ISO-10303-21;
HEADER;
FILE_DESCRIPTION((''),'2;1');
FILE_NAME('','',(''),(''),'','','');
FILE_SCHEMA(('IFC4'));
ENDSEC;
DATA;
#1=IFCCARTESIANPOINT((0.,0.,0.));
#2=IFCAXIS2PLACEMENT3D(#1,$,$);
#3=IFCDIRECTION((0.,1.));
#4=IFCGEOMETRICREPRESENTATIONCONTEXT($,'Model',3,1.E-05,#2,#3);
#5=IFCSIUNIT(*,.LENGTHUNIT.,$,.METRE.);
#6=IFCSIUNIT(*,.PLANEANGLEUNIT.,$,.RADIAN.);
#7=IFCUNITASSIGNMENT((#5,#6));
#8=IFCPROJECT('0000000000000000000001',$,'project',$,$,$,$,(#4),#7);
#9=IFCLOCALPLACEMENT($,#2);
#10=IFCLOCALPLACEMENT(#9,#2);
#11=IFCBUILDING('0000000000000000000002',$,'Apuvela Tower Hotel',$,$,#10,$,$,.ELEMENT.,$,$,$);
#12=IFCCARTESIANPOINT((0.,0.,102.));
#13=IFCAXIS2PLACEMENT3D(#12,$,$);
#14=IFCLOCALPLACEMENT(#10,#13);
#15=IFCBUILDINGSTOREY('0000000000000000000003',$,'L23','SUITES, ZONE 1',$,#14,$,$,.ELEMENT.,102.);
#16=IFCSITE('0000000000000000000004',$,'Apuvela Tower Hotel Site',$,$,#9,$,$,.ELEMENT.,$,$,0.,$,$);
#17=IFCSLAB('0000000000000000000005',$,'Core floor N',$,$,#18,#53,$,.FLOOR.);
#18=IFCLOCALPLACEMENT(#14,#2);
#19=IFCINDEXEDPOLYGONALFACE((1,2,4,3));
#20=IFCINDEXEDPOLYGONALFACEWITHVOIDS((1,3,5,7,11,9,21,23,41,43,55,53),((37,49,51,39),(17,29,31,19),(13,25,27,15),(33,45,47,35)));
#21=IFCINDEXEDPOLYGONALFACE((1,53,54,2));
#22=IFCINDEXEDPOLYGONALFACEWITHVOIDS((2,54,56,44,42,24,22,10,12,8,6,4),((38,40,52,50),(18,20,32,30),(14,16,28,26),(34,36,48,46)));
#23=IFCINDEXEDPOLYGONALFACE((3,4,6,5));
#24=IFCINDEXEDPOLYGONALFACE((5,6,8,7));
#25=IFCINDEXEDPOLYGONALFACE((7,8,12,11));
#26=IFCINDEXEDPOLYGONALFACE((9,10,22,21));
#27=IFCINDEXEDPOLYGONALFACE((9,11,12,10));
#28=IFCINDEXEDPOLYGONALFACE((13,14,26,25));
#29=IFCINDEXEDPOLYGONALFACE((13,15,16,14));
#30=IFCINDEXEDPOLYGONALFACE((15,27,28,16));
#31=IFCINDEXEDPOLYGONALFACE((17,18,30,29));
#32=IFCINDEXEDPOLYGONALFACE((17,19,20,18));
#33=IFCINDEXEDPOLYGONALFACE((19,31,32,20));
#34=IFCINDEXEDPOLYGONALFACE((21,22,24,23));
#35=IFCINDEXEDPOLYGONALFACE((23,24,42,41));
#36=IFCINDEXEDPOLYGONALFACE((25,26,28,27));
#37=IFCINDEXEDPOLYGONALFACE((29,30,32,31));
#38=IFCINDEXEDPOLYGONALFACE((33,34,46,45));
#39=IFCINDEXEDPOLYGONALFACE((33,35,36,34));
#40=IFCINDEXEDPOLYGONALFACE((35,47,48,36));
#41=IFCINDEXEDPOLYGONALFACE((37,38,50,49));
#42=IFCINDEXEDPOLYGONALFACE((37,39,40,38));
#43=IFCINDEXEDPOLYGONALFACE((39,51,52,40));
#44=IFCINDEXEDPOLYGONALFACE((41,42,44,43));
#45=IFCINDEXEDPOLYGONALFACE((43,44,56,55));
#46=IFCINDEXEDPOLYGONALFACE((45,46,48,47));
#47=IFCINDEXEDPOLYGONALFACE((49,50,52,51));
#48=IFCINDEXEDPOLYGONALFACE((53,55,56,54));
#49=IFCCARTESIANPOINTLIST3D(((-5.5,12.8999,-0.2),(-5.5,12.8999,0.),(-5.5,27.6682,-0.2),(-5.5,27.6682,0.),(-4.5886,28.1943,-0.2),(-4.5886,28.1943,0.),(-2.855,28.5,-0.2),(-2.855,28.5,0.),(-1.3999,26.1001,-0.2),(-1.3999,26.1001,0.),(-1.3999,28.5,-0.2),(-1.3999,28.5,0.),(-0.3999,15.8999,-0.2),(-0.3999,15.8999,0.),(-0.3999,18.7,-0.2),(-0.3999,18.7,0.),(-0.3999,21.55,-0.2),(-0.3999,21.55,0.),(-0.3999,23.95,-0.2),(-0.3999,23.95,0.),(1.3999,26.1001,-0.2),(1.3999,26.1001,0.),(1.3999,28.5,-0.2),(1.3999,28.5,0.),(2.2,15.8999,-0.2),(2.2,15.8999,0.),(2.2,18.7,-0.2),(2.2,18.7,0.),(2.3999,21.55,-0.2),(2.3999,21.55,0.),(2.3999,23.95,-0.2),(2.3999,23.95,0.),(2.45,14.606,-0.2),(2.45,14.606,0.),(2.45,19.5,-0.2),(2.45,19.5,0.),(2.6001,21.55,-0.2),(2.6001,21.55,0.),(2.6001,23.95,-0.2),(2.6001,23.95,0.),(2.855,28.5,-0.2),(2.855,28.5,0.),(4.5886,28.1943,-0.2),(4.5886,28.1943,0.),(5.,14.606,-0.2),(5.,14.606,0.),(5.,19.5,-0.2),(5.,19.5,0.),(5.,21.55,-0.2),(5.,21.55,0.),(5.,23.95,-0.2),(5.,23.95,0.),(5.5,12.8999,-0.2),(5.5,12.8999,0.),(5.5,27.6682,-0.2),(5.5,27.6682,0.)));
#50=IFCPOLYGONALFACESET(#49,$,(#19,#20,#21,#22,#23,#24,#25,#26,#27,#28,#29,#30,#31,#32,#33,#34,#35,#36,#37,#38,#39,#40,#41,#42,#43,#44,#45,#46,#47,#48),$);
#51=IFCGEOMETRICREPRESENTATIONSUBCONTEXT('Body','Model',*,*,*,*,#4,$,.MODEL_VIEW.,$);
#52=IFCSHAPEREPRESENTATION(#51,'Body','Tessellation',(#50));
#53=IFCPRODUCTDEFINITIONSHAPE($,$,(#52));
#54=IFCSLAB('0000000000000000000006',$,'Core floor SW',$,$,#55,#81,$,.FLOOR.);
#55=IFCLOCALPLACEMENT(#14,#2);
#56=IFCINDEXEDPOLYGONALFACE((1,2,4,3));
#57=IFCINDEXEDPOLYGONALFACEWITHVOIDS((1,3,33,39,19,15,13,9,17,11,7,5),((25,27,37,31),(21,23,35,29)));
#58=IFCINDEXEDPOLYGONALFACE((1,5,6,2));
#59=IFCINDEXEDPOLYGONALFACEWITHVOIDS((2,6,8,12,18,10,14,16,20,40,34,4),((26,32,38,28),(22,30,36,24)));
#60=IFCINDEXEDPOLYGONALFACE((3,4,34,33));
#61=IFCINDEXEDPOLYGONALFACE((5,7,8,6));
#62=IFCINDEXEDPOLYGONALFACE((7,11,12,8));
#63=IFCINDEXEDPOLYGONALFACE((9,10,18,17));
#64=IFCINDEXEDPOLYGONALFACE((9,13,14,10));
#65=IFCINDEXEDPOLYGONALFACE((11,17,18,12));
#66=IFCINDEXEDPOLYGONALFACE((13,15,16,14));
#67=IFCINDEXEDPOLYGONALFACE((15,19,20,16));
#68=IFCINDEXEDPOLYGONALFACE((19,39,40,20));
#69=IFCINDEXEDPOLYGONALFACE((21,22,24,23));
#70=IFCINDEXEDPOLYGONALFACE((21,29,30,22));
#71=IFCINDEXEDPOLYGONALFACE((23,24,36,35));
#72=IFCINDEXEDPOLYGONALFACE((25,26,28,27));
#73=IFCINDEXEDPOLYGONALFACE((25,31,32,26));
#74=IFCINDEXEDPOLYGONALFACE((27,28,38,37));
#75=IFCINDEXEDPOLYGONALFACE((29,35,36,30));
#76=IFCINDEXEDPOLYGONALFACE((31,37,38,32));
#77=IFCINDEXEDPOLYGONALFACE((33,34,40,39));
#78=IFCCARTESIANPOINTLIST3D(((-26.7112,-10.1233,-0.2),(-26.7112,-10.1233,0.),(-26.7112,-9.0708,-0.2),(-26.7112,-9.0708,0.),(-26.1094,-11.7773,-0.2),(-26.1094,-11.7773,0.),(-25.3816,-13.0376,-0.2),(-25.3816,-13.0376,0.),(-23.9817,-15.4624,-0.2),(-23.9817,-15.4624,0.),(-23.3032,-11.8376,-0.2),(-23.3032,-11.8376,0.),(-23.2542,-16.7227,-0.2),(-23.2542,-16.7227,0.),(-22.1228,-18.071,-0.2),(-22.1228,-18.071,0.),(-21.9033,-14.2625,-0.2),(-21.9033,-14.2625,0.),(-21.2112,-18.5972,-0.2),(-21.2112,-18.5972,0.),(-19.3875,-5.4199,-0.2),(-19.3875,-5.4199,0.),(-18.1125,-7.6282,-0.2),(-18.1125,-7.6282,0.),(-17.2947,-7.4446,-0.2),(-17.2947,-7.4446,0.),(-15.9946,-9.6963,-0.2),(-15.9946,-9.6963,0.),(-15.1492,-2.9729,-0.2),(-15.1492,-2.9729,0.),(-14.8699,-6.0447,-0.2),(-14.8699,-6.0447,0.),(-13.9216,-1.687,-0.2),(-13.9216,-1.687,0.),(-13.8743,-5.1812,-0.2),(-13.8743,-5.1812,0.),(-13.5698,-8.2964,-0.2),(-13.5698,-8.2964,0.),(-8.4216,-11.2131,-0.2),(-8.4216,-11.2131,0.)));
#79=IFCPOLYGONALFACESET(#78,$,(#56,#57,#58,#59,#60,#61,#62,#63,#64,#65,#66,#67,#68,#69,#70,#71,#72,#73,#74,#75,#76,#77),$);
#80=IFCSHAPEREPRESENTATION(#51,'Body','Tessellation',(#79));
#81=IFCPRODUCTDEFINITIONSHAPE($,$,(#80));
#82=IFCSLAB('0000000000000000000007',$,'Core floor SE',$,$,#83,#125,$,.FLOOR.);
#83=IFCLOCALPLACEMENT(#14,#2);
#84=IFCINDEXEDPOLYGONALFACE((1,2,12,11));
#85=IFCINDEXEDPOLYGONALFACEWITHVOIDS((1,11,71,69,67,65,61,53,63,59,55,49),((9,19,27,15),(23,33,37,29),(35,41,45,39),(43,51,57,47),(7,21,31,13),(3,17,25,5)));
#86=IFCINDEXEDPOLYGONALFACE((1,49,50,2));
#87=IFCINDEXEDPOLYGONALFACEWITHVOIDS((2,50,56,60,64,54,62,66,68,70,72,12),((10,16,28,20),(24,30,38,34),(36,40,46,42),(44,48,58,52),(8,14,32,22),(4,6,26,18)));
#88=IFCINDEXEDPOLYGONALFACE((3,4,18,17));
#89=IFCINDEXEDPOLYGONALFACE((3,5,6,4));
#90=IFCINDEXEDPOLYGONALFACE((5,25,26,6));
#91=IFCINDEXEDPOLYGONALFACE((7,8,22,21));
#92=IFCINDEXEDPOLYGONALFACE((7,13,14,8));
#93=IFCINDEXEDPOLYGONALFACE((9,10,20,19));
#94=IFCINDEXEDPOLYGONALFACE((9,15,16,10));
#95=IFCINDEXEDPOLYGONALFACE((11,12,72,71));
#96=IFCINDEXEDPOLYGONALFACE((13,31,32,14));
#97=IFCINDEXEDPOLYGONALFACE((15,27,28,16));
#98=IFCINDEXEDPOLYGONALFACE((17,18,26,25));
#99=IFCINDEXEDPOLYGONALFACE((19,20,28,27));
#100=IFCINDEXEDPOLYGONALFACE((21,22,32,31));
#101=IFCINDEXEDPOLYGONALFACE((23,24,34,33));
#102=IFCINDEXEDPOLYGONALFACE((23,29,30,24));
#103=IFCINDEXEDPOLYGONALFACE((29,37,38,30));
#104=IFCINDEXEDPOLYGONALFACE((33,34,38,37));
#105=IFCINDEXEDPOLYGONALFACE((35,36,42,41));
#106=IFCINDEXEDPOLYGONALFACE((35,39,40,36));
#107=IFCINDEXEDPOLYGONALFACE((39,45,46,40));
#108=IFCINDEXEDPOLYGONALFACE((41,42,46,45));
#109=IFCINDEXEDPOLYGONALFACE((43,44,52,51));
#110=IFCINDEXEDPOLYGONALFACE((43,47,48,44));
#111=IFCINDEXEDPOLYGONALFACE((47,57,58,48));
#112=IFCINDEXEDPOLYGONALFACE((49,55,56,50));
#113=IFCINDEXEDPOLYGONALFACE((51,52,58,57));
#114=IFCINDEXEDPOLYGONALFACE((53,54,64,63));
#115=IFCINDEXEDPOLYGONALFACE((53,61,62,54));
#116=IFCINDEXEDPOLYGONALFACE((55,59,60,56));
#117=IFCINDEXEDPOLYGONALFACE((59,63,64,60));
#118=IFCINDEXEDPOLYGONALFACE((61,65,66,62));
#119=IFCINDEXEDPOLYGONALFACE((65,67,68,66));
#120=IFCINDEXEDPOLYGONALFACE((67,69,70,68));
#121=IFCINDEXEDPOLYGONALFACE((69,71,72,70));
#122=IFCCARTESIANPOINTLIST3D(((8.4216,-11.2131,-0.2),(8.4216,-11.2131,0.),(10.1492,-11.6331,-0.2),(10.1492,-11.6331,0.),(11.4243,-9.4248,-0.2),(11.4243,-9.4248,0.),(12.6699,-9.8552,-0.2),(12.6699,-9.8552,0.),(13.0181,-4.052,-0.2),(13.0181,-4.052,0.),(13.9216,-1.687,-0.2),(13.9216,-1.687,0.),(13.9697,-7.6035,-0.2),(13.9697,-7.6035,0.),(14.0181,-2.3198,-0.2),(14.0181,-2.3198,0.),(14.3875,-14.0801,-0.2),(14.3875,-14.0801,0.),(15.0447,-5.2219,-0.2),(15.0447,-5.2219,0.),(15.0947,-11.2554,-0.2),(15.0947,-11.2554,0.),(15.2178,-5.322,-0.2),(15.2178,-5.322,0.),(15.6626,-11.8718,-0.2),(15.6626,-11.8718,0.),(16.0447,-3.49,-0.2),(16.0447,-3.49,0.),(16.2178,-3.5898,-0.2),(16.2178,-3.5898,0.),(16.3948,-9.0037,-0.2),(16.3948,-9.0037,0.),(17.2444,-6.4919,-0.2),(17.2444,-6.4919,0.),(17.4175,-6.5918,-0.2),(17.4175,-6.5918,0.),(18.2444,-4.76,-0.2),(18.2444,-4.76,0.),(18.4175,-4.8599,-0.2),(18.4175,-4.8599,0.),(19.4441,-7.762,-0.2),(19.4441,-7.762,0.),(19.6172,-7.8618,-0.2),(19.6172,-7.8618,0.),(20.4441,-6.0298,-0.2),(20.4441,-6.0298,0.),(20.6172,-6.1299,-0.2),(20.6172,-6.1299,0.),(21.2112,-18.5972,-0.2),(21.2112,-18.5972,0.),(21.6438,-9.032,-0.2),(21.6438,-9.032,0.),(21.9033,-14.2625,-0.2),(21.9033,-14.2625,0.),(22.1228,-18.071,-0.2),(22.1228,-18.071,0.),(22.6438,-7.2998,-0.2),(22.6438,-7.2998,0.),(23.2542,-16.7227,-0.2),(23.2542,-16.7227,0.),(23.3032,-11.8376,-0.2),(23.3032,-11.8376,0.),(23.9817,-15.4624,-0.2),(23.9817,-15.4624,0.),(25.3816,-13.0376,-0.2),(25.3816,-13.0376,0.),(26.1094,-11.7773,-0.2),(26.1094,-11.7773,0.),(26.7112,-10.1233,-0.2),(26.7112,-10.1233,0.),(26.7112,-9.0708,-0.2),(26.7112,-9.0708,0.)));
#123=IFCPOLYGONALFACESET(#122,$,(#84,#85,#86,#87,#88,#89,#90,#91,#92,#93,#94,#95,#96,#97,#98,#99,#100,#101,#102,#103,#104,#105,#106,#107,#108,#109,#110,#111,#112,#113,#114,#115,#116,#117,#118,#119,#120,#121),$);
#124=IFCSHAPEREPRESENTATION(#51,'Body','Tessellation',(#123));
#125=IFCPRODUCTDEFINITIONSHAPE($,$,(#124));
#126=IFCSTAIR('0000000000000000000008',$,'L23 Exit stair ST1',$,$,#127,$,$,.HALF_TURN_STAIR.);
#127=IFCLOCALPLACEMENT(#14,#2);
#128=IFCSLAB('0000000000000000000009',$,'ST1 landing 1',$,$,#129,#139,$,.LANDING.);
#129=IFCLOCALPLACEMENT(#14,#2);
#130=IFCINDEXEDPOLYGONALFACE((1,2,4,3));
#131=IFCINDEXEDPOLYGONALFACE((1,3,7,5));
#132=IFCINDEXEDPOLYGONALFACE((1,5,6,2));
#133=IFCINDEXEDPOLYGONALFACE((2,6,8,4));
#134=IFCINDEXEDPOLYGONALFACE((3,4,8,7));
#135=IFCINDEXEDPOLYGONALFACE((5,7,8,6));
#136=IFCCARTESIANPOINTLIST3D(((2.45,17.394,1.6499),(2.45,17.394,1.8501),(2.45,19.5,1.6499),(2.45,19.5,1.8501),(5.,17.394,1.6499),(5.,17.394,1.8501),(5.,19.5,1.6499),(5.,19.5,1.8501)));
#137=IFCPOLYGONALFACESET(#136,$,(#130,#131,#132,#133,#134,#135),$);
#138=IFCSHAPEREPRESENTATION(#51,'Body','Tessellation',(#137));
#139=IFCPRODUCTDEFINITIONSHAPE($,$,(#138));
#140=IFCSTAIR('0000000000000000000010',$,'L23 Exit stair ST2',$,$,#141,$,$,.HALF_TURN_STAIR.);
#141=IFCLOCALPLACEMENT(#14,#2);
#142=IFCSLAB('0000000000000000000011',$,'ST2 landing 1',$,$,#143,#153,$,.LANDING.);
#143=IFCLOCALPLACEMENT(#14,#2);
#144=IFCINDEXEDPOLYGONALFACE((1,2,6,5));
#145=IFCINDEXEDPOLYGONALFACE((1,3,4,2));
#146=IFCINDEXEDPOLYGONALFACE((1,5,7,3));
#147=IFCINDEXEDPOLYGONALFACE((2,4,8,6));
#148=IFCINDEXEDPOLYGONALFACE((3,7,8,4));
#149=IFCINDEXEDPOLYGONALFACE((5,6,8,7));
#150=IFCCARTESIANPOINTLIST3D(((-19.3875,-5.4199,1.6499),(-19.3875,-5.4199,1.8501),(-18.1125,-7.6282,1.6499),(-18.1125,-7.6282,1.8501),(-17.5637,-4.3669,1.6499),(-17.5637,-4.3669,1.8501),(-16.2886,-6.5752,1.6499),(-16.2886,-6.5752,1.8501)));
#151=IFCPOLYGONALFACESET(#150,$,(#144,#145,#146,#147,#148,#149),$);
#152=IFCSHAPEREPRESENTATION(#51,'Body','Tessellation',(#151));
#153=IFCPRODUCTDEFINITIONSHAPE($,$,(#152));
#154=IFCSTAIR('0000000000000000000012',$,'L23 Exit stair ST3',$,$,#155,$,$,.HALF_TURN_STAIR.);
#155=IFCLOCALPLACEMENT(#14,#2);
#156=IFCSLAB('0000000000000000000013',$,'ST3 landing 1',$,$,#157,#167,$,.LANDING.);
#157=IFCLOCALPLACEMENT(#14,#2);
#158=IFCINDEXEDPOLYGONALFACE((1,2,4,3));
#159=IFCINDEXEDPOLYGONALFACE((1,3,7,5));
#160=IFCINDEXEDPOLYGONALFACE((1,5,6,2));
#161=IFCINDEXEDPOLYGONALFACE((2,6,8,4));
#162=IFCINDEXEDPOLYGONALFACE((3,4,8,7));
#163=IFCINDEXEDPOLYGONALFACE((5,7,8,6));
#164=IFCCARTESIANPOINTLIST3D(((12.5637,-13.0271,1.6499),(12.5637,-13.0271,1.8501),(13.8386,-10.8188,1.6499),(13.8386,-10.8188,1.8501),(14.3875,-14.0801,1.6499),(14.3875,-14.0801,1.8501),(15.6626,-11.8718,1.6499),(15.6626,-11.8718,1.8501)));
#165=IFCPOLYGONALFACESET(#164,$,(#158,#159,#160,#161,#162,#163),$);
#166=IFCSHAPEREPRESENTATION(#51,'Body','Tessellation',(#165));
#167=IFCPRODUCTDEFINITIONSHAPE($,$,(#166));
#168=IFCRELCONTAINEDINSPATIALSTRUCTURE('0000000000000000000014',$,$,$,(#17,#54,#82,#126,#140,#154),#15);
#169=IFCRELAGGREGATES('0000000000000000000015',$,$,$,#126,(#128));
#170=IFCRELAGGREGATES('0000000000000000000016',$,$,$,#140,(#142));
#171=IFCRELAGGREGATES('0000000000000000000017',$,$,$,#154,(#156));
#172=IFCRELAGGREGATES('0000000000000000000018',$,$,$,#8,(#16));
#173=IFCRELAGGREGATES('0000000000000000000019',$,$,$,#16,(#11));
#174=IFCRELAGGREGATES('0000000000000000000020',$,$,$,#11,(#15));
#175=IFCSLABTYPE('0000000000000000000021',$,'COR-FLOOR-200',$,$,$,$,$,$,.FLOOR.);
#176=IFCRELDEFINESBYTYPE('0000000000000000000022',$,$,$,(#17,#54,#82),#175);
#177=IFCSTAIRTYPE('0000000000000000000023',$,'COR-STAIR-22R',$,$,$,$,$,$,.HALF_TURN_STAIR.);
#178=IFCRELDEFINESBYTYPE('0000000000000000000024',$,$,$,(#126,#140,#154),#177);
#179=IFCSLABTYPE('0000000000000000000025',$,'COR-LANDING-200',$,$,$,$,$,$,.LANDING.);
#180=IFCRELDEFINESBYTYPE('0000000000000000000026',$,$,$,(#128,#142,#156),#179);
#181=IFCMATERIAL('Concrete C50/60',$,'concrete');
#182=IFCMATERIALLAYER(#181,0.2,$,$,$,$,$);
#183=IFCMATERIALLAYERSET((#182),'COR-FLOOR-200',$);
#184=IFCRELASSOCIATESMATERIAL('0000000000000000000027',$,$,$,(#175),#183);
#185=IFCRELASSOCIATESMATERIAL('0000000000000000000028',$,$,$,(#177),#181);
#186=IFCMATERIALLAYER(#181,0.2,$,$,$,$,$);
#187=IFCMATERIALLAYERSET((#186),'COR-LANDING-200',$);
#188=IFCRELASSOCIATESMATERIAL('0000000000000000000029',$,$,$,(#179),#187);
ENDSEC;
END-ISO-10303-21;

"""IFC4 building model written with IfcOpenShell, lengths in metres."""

from ifc_helpers import new_model, si_unit, direction, frame, origin, place, context, subcontext, project, spatial, polyline, outline, extrude, material, layer, layer_set, type_object, element, aggregate, save


model = new_model("IFC4")

# Units and contexts
model_context = context("Model", 3, precision=1e-05, world=origin(), true_north=direction((0.0, 1.0)))
body_context = subcontext(model_context, "Body", "Model", "MODEL_VIEW")
ifc_project = project(units=[si_unit("LENGTHUNIT", "METRE"), si_unit("PLANEANGLEUNIT", "RADIAN")], contexts=[model_context])

# Site, building, storey
site_placement = place(None, origin())
site = spatial("IfcSite", under=ifc_project, at=site_placement, Name="Apuvela Tower Hotel Site", CompositionType="ELEMENT", RefElevation=0.0)
building_placement = place(site_placement, origin())
building = spatial("IfcBuilding", under=site, at=building_placement, Name="Apuvela Tower Hotel", CompositionType="ELEMENT")
storey_placement = place(building_placement, frame((0.0, 0.0, 102.0)))
storey = spatial("IfcBuildingStorey", under=building, at=storey_placement, Name="L23", Description="SUITES, ZONE 1", CompositionType="ELEMENT", Elevation=102.0)

# Slabs
ifc_material_1 = material(Name="Concrete C50/60", Category="concrete")
ifc_layer_1 = layer(ifc_material_1, 0.2)
ifc_layer_set_1 = layer_set([ifc_layer_1], Name="COR-FLOOR-200")
slab_type_1 = type_object("IfcSlabType", Name="COR-FLOOR-200", PredefinedType="FLOOR", material=ifc_layer_set_1)
slab_1_placement = place(storey_placement, frame((0.0, 0.0, -0.2)))
element("IfcSlab", 1, at=slab_1_placement, inside=storey, type_object=slab_type_1, Name="Core floor N", PredefinedType="FLOOR", context=body_context, shape_type="SweptSolid", body=[
    extrude(outline(polyline([(5.5, 27.6682), (4.5886, 28.1943), (2.855, 28.5), (1.3999, 28.5), (1.3999, 26.1001), (-1.3999, 26.1001), (-1.3999, 28.5), (-2.855, 28.5), (-4.5886, 28.1943), (-5.5, 27.6682), (-5.5, 12.8999), (5.5, 12.8999), (5.5, 27.6682)]), holes=[polyline([(5.0, 14.606), (2.45, 14.606), (2.45, 19.5), (5.0, 19.5), (5.0, 14.606)]), polyline([(2.2, 15.8999), (-0.3999, 15.8999), (-0.3999, 18.7), (2.2, 18.7), (2.2, 15.8999)]), polyline([(5.0, 21.55), (2.6001, 21.55), (2.6001, 23.95), (5.0, 23.95), (5.0, 21.55)]), polyline([(2.3999, 21.55), (-0.3999, 21.55), (-0.3999, 23.95), (2.3999, 23.95), (2.3999, 21.55)])]), origin(), (0.0, 0.0, 1.0), 0.2),
])
slab_2_placement = place(storey_placement, frame((0.0, 0.0, -0.2)))
element("IfcSlab", 2, at=slab_2_placement, inside=storey, type_object=slab_type_1, Name="Core floor SW", PredefinedType="FLOOR", context=body_context, shape_type="SweptSolid", body=[
    extrude(outline(polyline([(-26.7112, -9.0708), (-26.7112, -10.1233), (-26.1094, -11.7773), (-25.3816, -13.0376), (-23.3032, -11.8376), (-21.9033, -14.2625), (-23.9817, -15.4624), (-23.2542, -16.7227), (-22.1228, -18.071), (-21.2112, -18.5972), (-8.4216, -11.2131), (-13.9216, -1.687), (-26.7112, -9.0708)]), holes=[polyline([(-13.8743, -5.1812), (-18.1125, -7.6282), (-19.3875, -5.4199), (-15.1492, -2.9729), (-13.8743, -5.1812)]), polyline([(-13.5698, -8.2964), (-15.9946, -9.6963), (-17.2947, -7.4446), (-14.8699, -6.0447), (-13.5698, -8.2964)])]), origin(), (0.0, 0.0, 1.0), 0.2),
])
slab_3_placement = place(storey_placement, frame((0.0, 0.0, -0.2)))
element("IfcSlab", 3, at=slab_3_placement, inside=storey, type_object=slab_type_1, Name="Core floor SE", PredefinedType="FLOOR", context=body_context, shape_type="SweptSolid", body=[
    extrude(outline(polyline([(21.2112, -18.5972), (22.1228, -18.071), (23.2542, -16.7227), (23.9817, -15.4624), (21.9033, -14.2625), (23.3032, -11.8376), (25.3816, -13.0376), (26.1094, -11.7773), (26.7112, -10.1233), (26.7112, -9.0708), (13.9216, -1.687), (8.4216, -11.2131), (21.2112, -18.5972)]), holes=[polyline([(13.0181, -4.052), (14.0181, -2.3198), (16.0447, -3.49), (15.0447, -5.2219), (13.0181, -4.052)]), polyline([(17.2444, -6.4919), (15.2178, -5.322), (16.2178, -3.5898), (18.2444, -4.76), (17.2444, -6.4919)]), polyline([(14.3875, -14.0801), (10.1492, -11.6331), (11.4243, -9.4248), (15.6626, -11.8718), (14.3875, -14.0801)]), polyline([(12.6699, -9.8552), (13.9697, -7.6035), (16.3948, -9.0037), (15.0947, -11.2554), (12.6699, -9.8552)]), polyline([(19.4441, -7.762), (17.4175, -6.5918), (18.4175, -4.8599), (20.4441, -6.0298), (19.4441, -7.762)]), polyline([(21.6438, -9.032), (19.6172, -7.8618), (20.6172, -6.1299), (22.6438, -7.2998), (21.6438, -9.032)])]), origin(), (0.0, 0.0, 1.0), 0.2),
])

# Stairs, slabs
stair_type = type_object("IfcStairType", Name="COR-STAIR-22R", PredefinedType="HALF_TURN_STAIR", material=ifc_material_1)
stair_1_placement = place(storey_placement, origin())
stair_1 = element("IfcStair", 4, at=stair_1_placement, inside=storey, type_object=stair_type, Name="L23 Exit stair ST1", PredefinedType="HALF_TURN_STAIR")
ifc_layer_2 = layer(ifc_material_1, 0.2)
ifc_layer_set_2 = layer_set([ifc_layer_2], Name="COR-LANDING-200")
slab_type_2 = type_object("IfcSlabType", Name="COR-LANDING-200", PredefinedType="LANDING", material=ifc_layer_set_2)
slab_4_placement = place(storey_placement, frame((0.0, 0.0, 1.6499)))
slab_4 = element("IfcSlab", 5, at=slab_4_placement, type_object=slab_type_2, Name="ST1 landing 1", PredefinedType="LANDING", context=body_context, shape_type="SweptSolid", body=[
    extrude(outline(polyline([(5.0, 17.394), (5.0, 19.5), (2.45, 19.5), (2.45, 17.394), (5.0, 17.394)])), origin(), (0.0, 0.0, 1.0), 0.2002),
])
aggregate(stair_1, [slab_4])
stair_2_placement = place(storey_placement, origin())
stair_2 = element("IfcStair", 6, at=stair_2_placement, inside=storey, type_object=stair_type, Name="L23 Exit stair ST2", PredefinedType="HALF_TURN_STAIR")
slab_5_placement = place(storey_placement, frame((0.0, 0.0, 1.6499)))
slab_5 = element("IfcSlab", 7, at=slab_5_placement, type_object=slab_type_2, Name="ST2 landing 1", PredefinedType="LANDING", context=body_context, shape_type="SweptSolid", body=[
    extrude(outline(polyline([(-17.5637, -4.3669), (-19.3875, -5.4199), (-18.1125, -7.6282), (-16.2886, -6.5752), (-17.5637, -4.3669)])), origin(), (0.0, 0.0, 1.0), 0.2002),
])
aggregate(stair_2, [slab_5])
stair_3_placement = place(storey_placement, origin())
stair_3 = element("IfcStair", 8, at=stair_3_placement, inside=storey, type_object=stair_type, Name="L23 Exit stair ST3", PredefinedType="HALF_TURN_STAIR")
slab_6_placement = place(storey_placement, frame((0.0, 0.0, 1.6499)))
slab_6 = element("IfcSlab", 9, at=slab_6_placement, type_object=slab_type_2, Name="ST3 landing 1", PredefinedType="LANDING", context=body_context, shape_type="SweptSolid", body=[
    extrude(outline(polyline([(12.5637, -13.0271), (14.3875, -14.0801), (15.6626, -11.8718), (13.8386, -10.8188), (12.5637, -13.0271)])), origin(), (0.0, 0.0, 1.0), 0.2002),
])
aggregate(stair_3, [slab_6])

save(model, "model.ifc")
